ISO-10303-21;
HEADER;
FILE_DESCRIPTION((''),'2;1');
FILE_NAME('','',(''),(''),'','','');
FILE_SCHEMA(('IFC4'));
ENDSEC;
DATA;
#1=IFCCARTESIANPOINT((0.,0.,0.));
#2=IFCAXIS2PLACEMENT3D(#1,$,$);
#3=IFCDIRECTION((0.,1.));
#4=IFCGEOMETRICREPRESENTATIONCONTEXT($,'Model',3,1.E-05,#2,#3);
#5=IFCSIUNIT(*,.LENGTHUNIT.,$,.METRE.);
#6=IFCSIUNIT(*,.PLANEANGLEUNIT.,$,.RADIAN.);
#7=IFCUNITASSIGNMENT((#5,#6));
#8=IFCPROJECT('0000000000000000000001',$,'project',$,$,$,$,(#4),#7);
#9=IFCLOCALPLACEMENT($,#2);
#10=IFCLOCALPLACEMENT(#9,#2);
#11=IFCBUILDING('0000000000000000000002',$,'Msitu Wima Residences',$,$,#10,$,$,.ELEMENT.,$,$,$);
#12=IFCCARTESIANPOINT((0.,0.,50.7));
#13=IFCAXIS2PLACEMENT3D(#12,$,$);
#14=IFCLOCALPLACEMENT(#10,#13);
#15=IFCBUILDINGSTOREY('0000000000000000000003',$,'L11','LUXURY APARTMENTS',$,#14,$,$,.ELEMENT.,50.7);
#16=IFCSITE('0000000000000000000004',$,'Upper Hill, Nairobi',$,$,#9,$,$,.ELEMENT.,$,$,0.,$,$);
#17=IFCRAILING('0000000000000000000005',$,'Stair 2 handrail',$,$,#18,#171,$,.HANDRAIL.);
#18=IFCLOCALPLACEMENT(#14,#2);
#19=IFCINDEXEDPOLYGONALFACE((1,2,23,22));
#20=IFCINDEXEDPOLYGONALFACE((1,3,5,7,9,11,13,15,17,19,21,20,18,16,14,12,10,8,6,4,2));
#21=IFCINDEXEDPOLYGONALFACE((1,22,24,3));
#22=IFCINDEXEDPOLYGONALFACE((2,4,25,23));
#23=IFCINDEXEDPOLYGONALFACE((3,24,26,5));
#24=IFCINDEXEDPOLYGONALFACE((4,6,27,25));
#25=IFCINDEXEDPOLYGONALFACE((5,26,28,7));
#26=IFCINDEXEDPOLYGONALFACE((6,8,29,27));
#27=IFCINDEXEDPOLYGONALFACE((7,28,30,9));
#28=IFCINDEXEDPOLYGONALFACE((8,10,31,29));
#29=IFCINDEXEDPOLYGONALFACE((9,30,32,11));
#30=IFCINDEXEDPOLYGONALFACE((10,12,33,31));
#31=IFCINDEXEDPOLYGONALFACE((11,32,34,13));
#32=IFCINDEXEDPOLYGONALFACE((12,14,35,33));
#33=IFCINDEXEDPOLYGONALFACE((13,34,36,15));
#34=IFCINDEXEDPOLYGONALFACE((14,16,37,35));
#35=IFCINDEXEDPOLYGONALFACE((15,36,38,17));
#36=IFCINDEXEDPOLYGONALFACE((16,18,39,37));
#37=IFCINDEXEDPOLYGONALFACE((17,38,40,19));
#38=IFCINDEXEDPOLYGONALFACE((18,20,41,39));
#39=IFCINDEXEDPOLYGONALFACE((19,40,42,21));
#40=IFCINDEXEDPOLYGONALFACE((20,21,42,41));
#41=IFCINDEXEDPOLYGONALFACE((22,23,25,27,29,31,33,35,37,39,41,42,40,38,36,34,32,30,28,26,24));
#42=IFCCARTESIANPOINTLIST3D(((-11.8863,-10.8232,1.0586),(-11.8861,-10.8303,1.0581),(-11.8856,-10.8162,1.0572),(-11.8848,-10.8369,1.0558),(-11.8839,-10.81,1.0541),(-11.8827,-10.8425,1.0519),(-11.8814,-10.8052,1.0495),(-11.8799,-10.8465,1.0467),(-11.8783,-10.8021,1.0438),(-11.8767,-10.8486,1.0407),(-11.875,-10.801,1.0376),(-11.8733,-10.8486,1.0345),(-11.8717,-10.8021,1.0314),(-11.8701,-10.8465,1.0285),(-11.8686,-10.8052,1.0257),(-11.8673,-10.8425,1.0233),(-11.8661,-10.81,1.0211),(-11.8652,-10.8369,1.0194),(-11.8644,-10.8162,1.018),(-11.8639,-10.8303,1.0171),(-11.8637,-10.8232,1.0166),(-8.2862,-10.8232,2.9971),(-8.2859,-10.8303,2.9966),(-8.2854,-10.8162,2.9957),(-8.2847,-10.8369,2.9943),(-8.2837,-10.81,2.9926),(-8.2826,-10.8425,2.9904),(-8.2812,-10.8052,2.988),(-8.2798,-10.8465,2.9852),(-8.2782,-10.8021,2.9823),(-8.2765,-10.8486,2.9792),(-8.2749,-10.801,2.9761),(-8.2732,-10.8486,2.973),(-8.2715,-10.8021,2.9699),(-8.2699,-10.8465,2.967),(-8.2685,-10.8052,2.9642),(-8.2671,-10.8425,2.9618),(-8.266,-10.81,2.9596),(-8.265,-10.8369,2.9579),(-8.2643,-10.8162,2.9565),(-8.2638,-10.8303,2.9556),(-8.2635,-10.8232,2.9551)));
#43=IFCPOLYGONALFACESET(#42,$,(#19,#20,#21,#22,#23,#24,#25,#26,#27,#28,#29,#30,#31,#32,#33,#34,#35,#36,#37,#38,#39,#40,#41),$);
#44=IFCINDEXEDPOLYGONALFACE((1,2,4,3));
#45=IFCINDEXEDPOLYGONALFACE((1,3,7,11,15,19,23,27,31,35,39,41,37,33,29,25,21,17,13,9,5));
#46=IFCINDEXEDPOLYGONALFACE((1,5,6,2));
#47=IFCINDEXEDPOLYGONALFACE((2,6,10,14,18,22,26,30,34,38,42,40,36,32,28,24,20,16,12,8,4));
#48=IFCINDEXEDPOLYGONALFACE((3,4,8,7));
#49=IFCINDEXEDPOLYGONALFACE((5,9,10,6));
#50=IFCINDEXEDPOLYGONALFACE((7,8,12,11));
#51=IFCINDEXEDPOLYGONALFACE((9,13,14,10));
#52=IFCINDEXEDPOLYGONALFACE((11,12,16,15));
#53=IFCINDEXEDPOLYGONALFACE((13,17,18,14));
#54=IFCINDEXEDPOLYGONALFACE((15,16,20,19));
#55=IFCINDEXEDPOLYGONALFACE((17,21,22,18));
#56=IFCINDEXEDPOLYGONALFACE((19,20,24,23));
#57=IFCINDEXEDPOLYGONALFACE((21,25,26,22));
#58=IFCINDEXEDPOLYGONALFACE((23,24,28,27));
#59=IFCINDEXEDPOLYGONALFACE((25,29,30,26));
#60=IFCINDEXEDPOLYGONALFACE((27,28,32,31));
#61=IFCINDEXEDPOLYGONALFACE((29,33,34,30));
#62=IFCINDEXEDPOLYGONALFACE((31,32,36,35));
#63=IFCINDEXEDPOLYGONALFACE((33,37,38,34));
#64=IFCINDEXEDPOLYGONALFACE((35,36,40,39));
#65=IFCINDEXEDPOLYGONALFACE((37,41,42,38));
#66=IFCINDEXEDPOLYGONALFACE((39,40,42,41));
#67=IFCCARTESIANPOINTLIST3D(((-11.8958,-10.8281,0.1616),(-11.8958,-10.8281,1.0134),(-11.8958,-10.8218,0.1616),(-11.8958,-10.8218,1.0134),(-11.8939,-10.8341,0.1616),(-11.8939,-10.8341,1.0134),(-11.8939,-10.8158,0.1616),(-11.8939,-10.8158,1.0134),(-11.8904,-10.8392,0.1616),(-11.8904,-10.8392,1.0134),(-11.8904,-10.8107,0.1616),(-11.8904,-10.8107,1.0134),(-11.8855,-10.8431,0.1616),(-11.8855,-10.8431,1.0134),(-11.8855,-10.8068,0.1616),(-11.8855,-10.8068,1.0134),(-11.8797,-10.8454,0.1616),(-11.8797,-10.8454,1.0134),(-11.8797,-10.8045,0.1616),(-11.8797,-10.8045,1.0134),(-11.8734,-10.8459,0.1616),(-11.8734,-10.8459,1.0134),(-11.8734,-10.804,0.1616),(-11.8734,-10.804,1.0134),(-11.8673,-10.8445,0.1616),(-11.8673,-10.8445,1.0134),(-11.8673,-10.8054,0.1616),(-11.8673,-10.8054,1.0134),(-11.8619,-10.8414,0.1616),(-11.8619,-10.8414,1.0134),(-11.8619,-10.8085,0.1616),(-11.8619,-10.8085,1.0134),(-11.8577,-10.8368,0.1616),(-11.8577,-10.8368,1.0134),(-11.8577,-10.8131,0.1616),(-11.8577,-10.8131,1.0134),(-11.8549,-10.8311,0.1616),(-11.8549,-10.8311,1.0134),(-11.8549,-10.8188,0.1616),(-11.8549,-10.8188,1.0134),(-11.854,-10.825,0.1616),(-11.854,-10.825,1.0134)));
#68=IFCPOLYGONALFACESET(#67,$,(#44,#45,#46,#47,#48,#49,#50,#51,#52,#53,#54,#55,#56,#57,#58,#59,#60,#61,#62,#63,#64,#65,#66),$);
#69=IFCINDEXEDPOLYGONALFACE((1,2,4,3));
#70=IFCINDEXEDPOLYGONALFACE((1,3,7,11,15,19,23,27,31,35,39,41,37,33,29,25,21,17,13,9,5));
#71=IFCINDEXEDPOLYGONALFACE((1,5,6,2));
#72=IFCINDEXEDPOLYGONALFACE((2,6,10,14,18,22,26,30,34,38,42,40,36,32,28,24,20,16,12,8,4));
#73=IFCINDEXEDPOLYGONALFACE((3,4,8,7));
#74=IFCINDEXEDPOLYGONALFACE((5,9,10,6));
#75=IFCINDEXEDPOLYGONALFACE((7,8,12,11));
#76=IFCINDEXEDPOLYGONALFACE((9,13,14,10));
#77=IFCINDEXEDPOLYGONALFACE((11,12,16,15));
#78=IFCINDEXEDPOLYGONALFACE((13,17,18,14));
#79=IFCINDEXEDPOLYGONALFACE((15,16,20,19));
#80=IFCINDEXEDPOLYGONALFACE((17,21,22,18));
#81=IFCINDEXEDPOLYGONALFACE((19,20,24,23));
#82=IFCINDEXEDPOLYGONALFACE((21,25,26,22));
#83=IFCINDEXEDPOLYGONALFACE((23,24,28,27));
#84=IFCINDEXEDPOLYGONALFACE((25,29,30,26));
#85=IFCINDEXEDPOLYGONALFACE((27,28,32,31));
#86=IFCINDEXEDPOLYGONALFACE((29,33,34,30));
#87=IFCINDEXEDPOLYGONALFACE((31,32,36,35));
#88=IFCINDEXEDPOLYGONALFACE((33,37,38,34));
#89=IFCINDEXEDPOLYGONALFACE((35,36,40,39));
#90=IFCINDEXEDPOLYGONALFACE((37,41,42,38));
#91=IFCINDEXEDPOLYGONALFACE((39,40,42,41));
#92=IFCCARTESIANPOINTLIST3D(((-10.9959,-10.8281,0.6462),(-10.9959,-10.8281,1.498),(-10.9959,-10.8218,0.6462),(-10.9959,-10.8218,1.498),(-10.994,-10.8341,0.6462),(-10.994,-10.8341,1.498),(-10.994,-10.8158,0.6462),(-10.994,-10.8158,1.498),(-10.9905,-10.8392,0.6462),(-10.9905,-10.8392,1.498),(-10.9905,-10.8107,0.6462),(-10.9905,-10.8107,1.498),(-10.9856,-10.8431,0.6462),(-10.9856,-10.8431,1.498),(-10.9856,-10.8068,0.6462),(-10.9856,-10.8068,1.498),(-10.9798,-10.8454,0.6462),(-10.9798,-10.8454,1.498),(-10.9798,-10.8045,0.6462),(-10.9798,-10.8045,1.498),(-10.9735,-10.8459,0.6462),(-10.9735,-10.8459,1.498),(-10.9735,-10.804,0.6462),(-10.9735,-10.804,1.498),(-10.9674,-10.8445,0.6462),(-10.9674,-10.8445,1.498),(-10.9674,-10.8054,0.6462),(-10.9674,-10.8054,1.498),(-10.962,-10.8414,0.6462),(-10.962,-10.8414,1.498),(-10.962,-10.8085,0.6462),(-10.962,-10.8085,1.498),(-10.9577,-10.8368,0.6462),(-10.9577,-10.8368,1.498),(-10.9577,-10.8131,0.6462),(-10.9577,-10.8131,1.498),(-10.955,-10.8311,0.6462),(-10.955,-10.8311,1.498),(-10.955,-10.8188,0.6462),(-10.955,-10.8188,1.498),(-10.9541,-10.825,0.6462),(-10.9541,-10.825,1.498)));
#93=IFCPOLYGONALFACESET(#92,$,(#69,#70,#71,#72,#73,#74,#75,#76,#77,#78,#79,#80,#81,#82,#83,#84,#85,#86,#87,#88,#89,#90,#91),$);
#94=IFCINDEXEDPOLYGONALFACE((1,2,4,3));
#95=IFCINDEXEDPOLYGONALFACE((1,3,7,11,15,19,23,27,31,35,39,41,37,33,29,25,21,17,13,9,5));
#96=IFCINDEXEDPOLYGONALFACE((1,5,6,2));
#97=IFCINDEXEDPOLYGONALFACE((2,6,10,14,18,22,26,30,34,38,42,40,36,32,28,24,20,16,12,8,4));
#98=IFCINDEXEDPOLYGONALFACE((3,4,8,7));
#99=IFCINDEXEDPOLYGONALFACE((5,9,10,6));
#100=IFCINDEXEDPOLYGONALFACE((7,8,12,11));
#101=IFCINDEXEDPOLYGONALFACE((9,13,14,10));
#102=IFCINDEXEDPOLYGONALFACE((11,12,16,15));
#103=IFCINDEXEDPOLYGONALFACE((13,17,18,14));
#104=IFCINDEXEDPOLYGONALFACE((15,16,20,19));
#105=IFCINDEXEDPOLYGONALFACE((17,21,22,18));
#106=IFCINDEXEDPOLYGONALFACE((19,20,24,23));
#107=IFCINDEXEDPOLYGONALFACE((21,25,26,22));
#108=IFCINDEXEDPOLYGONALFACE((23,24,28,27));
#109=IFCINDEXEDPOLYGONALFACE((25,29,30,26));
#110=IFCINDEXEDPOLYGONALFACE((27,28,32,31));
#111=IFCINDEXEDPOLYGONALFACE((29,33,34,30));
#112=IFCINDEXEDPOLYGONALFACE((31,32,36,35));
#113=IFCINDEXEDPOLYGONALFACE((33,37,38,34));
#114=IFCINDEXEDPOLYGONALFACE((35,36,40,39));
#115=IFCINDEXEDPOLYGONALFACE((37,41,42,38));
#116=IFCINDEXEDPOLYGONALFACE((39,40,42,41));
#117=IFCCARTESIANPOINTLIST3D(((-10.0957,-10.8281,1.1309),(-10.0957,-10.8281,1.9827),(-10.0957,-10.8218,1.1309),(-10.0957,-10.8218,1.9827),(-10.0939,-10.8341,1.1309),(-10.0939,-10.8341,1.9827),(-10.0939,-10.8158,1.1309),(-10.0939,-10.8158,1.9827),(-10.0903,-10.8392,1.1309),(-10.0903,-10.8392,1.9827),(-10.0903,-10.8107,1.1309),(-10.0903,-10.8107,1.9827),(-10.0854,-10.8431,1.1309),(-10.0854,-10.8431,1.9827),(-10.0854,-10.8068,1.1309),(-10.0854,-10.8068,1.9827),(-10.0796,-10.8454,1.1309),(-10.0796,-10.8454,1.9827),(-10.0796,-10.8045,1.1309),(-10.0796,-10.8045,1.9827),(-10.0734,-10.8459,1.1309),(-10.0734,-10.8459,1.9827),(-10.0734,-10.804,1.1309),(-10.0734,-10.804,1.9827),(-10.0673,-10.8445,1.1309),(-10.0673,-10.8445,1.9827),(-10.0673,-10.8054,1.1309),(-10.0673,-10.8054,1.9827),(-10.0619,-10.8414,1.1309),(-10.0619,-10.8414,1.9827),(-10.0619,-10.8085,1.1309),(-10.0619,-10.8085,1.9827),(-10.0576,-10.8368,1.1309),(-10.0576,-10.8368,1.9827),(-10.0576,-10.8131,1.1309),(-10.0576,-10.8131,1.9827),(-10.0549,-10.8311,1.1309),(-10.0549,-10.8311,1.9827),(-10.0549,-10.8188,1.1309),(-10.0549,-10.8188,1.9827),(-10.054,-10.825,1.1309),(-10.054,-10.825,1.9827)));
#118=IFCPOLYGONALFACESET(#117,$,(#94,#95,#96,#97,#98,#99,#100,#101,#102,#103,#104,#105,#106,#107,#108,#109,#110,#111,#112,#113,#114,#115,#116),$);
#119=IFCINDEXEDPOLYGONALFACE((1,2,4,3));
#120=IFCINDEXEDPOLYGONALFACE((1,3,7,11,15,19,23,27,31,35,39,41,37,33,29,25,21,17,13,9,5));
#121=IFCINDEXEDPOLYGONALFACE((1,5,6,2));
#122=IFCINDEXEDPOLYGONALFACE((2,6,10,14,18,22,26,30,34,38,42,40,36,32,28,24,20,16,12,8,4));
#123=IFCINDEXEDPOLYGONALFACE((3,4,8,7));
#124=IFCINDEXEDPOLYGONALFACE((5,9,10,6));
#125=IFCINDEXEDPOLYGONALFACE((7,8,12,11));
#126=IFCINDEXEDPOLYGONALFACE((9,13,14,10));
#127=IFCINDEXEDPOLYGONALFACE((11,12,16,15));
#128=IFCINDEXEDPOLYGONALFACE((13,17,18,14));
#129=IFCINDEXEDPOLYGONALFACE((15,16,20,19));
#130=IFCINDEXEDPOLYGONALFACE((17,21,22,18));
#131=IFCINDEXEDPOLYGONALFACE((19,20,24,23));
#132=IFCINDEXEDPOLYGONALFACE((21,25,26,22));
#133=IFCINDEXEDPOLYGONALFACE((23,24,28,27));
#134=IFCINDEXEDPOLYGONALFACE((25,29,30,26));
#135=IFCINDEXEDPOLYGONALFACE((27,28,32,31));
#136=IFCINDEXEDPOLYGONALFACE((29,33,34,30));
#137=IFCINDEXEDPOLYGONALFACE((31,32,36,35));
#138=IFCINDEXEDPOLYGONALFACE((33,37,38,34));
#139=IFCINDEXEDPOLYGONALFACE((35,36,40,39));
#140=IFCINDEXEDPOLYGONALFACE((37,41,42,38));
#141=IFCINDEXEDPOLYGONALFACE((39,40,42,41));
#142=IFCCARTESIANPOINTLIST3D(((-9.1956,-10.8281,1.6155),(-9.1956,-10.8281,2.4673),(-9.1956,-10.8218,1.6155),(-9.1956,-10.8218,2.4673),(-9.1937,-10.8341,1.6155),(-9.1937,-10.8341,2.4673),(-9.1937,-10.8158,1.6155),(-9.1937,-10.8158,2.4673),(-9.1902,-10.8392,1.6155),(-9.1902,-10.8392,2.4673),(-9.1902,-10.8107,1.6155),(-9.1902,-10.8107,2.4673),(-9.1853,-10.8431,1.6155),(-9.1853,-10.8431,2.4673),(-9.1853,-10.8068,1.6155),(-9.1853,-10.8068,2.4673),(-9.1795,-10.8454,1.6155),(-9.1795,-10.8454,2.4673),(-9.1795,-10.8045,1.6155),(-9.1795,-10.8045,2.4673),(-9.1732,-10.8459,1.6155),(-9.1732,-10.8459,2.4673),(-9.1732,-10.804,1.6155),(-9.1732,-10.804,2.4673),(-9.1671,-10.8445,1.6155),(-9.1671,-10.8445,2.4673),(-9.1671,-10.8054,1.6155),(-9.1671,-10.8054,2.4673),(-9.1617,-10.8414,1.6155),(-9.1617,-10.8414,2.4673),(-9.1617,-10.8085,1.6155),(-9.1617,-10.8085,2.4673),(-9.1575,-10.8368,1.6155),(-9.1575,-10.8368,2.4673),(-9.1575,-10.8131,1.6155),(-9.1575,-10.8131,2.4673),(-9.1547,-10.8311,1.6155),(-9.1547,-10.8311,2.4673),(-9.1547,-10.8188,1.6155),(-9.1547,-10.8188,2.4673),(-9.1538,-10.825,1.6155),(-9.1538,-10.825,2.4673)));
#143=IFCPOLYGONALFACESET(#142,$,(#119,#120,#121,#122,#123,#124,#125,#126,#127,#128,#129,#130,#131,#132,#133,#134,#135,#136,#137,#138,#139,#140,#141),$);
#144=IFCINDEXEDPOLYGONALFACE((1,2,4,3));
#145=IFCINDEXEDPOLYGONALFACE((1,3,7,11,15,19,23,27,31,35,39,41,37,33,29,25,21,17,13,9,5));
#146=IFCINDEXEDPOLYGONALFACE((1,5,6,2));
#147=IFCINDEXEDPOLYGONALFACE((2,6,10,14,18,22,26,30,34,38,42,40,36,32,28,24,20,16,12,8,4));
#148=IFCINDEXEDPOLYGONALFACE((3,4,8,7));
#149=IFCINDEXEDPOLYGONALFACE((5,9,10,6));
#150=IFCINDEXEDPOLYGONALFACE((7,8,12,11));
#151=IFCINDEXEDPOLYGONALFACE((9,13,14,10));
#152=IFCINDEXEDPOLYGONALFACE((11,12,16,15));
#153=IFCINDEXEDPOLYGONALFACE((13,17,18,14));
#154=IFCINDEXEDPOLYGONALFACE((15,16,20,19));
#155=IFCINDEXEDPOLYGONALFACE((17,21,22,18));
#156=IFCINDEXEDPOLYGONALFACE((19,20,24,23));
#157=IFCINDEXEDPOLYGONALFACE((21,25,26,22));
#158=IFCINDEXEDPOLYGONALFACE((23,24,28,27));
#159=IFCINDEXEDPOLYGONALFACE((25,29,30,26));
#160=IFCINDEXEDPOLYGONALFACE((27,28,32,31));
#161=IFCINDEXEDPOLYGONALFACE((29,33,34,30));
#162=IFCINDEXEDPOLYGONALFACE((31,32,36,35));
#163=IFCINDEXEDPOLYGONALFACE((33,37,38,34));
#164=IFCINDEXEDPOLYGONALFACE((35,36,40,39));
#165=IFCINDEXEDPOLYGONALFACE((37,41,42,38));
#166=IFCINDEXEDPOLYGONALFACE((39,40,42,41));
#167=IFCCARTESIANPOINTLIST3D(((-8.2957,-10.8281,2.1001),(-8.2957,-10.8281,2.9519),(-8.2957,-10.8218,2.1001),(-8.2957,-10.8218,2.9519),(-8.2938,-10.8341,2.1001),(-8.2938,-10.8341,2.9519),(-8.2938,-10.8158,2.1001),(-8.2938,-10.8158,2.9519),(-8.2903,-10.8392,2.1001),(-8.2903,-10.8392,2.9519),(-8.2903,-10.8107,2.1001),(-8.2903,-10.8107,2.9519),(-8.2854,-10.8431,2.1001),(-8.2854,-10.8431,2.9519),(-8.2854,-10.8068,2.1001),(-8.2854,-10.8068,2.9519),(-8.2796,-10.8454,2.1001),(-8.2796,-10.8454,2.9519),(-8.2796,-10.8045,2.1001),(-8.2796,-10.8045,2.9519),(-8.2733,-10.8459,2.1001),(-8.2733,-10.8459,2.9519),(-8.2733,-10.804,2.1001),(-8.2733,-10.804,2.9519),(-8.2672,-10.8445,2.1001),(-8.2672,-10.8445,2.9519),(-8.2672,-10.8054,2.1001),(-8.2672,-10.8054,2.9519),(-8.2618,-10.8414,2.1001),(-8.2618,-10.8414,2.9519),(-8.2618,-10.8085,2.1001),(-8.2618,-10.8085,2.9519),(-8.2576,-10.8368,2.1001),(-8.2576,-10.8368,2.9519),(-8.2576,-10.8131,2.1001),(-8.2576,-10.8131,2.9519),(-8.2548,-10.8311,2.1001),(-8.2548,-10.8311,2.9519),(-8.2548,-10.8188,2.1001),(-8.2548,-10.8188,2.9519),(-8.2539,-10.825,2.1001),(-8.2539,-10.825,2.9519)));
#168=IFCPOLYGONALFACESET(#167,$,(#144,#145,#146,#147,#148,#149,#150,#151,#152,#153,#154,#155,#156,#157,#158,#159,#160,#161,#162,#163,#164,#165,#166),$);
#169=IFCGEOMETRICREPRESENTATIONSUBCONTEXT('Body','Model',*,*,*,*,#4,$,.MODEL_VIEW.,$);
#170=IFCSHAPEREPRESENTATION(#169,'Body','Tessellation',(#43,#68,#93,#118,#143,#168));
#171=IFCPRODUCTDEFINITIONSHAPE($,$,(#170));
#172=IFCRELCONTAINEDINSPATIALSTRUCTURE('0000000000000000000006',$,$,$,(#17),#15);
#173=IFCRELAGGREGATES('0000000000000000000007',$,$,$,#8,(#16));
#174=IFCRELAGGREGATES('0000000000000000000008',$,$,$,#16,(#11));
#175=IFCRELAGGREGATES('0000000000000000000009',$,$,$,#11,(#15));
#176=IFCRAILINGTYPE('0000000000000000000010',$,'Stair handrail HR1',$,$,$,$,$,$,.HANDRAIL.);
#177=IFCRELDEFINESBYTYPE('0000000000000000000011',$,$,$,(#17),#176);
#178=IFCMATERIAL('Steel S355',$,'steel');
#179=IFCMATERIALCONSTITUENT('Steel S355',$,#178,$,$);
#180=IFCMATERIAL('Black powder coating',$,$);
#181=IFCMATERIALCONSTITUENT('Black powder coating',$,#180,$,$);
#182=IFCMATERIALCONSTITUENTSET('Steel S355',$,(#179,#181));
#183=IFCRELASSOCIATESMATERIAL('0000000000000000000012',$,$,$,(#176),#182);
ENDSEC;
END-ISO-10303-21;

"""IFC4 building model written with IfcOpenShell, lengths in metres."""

from ifc_helpers import new_model, si_unit, direction, frame, origin, origin_2d, place, context, subcontext, project, spatial, circle, extrude, material, constituent, constituent_set, type_object, element, save


model = new_model("IFC4")

# Units and contexts
model_context = context("Model", 3, precision=1e-05, world=origin(), true_north=direction((0.0, 1.0)))
body_context = subcontext(model_context, "Body", "Model", "MODEL_VIEW")
ifc_project = project(units=[si_unit("LENGTHUNIT", "METRE"), si_unit("PLANEANGLEUNIT", "RADIAN")], contexts=[model_context])

# Site, building, storey
site_placement = place(None, origin())
site = spatial("IfcSite", under=ifc_project, at=site_placement, Name="Upper Hill, Nairobi", CompositionType="ELEMENT", RefElevation=0.0)
building_placement = place(site_placement, origin())
building = spatial("IfcBuilding", under=site, at=building_placement, Name="Msitu Wima Residences", CompositionType="ELEMENT")
storey_placement = place(building_placement, frame((0.0, 0.0, 50.7)))
storey = spatial("IfcBuildingStorey", under=building, at=storey_placement, Name="L11", Description="LUXURY APARTMENTS", CompositionType="ELEMENT", Elevation=50.7)

# Railing
ifc_material_1 = material(Name="Steel S355", Category="steel")
ifc_constituent_1 = constituent(ifc_material_1, Name="Steel S355")
ifc_material_2 = material(Name="Black powder coating")
ifc_constituent_2 = constituent(ifc_material_2, Name="Black powder coating")
ifc_constituent_set = constituent_set(constituents=[ifc_constituent_1, ifc_constituent_2], Name="Steel S355")
railing_type = type_object("IfcRailingType", Name="Stair handrail HR1", PredefinedType="HANDRAIL", material=ifc_constituent_set)
for number, where, name in (
    (1, (-11.875, -10.825, 0.1616), "Stair 2 handrail"),
):
    element("IfcRailing", number, at=place(storey_placement, frame(where)), inside=storey, type_object=railing_type, Name=name, PredefinedType="HANDRAIL", context=body_context, shape_type="SweptSolid", body=[
        extrude(circle(Radius=0.0239, at=origin_2d()), frame((0.0, 0.0, 0.876), z_axis=(0.880475, 0.0, 0.474093), x_axis=(0.0, 1.0, 0.0)), (0.0, 0.0, 1.0), 4.0889),
        extrude(circle(Radius=0.021, at=origin_2d()), origin(), (0.0, 0.0, 1.0), 0.8518),
        extrude(circle(Radius=0.021, at=origin_2d()), frame((0.8999, 0.0, 0.4846)), (0.0, 0.0, 1.0), 0.8518),
        extrude(circle(Radius=0.021, at=origin_2d()), frame((1.8, 0.0, 0.9692)), (0.0, 0.0, 1.0), 0.8518),
        extrude(circle(Radius=0.021, at=origin_2d()), frame((2.7002, 0.0, 1.4539)), (0.0, 0.0, 1.0), 0.8518),
        extrude(circle(Radius=0.021, at=origin_2d()), frame((3.6001, 0.0, 1.9385)), (0.0, 0.0, 1.0), 0.8518),
    ])

save(model, "model.ifc")
